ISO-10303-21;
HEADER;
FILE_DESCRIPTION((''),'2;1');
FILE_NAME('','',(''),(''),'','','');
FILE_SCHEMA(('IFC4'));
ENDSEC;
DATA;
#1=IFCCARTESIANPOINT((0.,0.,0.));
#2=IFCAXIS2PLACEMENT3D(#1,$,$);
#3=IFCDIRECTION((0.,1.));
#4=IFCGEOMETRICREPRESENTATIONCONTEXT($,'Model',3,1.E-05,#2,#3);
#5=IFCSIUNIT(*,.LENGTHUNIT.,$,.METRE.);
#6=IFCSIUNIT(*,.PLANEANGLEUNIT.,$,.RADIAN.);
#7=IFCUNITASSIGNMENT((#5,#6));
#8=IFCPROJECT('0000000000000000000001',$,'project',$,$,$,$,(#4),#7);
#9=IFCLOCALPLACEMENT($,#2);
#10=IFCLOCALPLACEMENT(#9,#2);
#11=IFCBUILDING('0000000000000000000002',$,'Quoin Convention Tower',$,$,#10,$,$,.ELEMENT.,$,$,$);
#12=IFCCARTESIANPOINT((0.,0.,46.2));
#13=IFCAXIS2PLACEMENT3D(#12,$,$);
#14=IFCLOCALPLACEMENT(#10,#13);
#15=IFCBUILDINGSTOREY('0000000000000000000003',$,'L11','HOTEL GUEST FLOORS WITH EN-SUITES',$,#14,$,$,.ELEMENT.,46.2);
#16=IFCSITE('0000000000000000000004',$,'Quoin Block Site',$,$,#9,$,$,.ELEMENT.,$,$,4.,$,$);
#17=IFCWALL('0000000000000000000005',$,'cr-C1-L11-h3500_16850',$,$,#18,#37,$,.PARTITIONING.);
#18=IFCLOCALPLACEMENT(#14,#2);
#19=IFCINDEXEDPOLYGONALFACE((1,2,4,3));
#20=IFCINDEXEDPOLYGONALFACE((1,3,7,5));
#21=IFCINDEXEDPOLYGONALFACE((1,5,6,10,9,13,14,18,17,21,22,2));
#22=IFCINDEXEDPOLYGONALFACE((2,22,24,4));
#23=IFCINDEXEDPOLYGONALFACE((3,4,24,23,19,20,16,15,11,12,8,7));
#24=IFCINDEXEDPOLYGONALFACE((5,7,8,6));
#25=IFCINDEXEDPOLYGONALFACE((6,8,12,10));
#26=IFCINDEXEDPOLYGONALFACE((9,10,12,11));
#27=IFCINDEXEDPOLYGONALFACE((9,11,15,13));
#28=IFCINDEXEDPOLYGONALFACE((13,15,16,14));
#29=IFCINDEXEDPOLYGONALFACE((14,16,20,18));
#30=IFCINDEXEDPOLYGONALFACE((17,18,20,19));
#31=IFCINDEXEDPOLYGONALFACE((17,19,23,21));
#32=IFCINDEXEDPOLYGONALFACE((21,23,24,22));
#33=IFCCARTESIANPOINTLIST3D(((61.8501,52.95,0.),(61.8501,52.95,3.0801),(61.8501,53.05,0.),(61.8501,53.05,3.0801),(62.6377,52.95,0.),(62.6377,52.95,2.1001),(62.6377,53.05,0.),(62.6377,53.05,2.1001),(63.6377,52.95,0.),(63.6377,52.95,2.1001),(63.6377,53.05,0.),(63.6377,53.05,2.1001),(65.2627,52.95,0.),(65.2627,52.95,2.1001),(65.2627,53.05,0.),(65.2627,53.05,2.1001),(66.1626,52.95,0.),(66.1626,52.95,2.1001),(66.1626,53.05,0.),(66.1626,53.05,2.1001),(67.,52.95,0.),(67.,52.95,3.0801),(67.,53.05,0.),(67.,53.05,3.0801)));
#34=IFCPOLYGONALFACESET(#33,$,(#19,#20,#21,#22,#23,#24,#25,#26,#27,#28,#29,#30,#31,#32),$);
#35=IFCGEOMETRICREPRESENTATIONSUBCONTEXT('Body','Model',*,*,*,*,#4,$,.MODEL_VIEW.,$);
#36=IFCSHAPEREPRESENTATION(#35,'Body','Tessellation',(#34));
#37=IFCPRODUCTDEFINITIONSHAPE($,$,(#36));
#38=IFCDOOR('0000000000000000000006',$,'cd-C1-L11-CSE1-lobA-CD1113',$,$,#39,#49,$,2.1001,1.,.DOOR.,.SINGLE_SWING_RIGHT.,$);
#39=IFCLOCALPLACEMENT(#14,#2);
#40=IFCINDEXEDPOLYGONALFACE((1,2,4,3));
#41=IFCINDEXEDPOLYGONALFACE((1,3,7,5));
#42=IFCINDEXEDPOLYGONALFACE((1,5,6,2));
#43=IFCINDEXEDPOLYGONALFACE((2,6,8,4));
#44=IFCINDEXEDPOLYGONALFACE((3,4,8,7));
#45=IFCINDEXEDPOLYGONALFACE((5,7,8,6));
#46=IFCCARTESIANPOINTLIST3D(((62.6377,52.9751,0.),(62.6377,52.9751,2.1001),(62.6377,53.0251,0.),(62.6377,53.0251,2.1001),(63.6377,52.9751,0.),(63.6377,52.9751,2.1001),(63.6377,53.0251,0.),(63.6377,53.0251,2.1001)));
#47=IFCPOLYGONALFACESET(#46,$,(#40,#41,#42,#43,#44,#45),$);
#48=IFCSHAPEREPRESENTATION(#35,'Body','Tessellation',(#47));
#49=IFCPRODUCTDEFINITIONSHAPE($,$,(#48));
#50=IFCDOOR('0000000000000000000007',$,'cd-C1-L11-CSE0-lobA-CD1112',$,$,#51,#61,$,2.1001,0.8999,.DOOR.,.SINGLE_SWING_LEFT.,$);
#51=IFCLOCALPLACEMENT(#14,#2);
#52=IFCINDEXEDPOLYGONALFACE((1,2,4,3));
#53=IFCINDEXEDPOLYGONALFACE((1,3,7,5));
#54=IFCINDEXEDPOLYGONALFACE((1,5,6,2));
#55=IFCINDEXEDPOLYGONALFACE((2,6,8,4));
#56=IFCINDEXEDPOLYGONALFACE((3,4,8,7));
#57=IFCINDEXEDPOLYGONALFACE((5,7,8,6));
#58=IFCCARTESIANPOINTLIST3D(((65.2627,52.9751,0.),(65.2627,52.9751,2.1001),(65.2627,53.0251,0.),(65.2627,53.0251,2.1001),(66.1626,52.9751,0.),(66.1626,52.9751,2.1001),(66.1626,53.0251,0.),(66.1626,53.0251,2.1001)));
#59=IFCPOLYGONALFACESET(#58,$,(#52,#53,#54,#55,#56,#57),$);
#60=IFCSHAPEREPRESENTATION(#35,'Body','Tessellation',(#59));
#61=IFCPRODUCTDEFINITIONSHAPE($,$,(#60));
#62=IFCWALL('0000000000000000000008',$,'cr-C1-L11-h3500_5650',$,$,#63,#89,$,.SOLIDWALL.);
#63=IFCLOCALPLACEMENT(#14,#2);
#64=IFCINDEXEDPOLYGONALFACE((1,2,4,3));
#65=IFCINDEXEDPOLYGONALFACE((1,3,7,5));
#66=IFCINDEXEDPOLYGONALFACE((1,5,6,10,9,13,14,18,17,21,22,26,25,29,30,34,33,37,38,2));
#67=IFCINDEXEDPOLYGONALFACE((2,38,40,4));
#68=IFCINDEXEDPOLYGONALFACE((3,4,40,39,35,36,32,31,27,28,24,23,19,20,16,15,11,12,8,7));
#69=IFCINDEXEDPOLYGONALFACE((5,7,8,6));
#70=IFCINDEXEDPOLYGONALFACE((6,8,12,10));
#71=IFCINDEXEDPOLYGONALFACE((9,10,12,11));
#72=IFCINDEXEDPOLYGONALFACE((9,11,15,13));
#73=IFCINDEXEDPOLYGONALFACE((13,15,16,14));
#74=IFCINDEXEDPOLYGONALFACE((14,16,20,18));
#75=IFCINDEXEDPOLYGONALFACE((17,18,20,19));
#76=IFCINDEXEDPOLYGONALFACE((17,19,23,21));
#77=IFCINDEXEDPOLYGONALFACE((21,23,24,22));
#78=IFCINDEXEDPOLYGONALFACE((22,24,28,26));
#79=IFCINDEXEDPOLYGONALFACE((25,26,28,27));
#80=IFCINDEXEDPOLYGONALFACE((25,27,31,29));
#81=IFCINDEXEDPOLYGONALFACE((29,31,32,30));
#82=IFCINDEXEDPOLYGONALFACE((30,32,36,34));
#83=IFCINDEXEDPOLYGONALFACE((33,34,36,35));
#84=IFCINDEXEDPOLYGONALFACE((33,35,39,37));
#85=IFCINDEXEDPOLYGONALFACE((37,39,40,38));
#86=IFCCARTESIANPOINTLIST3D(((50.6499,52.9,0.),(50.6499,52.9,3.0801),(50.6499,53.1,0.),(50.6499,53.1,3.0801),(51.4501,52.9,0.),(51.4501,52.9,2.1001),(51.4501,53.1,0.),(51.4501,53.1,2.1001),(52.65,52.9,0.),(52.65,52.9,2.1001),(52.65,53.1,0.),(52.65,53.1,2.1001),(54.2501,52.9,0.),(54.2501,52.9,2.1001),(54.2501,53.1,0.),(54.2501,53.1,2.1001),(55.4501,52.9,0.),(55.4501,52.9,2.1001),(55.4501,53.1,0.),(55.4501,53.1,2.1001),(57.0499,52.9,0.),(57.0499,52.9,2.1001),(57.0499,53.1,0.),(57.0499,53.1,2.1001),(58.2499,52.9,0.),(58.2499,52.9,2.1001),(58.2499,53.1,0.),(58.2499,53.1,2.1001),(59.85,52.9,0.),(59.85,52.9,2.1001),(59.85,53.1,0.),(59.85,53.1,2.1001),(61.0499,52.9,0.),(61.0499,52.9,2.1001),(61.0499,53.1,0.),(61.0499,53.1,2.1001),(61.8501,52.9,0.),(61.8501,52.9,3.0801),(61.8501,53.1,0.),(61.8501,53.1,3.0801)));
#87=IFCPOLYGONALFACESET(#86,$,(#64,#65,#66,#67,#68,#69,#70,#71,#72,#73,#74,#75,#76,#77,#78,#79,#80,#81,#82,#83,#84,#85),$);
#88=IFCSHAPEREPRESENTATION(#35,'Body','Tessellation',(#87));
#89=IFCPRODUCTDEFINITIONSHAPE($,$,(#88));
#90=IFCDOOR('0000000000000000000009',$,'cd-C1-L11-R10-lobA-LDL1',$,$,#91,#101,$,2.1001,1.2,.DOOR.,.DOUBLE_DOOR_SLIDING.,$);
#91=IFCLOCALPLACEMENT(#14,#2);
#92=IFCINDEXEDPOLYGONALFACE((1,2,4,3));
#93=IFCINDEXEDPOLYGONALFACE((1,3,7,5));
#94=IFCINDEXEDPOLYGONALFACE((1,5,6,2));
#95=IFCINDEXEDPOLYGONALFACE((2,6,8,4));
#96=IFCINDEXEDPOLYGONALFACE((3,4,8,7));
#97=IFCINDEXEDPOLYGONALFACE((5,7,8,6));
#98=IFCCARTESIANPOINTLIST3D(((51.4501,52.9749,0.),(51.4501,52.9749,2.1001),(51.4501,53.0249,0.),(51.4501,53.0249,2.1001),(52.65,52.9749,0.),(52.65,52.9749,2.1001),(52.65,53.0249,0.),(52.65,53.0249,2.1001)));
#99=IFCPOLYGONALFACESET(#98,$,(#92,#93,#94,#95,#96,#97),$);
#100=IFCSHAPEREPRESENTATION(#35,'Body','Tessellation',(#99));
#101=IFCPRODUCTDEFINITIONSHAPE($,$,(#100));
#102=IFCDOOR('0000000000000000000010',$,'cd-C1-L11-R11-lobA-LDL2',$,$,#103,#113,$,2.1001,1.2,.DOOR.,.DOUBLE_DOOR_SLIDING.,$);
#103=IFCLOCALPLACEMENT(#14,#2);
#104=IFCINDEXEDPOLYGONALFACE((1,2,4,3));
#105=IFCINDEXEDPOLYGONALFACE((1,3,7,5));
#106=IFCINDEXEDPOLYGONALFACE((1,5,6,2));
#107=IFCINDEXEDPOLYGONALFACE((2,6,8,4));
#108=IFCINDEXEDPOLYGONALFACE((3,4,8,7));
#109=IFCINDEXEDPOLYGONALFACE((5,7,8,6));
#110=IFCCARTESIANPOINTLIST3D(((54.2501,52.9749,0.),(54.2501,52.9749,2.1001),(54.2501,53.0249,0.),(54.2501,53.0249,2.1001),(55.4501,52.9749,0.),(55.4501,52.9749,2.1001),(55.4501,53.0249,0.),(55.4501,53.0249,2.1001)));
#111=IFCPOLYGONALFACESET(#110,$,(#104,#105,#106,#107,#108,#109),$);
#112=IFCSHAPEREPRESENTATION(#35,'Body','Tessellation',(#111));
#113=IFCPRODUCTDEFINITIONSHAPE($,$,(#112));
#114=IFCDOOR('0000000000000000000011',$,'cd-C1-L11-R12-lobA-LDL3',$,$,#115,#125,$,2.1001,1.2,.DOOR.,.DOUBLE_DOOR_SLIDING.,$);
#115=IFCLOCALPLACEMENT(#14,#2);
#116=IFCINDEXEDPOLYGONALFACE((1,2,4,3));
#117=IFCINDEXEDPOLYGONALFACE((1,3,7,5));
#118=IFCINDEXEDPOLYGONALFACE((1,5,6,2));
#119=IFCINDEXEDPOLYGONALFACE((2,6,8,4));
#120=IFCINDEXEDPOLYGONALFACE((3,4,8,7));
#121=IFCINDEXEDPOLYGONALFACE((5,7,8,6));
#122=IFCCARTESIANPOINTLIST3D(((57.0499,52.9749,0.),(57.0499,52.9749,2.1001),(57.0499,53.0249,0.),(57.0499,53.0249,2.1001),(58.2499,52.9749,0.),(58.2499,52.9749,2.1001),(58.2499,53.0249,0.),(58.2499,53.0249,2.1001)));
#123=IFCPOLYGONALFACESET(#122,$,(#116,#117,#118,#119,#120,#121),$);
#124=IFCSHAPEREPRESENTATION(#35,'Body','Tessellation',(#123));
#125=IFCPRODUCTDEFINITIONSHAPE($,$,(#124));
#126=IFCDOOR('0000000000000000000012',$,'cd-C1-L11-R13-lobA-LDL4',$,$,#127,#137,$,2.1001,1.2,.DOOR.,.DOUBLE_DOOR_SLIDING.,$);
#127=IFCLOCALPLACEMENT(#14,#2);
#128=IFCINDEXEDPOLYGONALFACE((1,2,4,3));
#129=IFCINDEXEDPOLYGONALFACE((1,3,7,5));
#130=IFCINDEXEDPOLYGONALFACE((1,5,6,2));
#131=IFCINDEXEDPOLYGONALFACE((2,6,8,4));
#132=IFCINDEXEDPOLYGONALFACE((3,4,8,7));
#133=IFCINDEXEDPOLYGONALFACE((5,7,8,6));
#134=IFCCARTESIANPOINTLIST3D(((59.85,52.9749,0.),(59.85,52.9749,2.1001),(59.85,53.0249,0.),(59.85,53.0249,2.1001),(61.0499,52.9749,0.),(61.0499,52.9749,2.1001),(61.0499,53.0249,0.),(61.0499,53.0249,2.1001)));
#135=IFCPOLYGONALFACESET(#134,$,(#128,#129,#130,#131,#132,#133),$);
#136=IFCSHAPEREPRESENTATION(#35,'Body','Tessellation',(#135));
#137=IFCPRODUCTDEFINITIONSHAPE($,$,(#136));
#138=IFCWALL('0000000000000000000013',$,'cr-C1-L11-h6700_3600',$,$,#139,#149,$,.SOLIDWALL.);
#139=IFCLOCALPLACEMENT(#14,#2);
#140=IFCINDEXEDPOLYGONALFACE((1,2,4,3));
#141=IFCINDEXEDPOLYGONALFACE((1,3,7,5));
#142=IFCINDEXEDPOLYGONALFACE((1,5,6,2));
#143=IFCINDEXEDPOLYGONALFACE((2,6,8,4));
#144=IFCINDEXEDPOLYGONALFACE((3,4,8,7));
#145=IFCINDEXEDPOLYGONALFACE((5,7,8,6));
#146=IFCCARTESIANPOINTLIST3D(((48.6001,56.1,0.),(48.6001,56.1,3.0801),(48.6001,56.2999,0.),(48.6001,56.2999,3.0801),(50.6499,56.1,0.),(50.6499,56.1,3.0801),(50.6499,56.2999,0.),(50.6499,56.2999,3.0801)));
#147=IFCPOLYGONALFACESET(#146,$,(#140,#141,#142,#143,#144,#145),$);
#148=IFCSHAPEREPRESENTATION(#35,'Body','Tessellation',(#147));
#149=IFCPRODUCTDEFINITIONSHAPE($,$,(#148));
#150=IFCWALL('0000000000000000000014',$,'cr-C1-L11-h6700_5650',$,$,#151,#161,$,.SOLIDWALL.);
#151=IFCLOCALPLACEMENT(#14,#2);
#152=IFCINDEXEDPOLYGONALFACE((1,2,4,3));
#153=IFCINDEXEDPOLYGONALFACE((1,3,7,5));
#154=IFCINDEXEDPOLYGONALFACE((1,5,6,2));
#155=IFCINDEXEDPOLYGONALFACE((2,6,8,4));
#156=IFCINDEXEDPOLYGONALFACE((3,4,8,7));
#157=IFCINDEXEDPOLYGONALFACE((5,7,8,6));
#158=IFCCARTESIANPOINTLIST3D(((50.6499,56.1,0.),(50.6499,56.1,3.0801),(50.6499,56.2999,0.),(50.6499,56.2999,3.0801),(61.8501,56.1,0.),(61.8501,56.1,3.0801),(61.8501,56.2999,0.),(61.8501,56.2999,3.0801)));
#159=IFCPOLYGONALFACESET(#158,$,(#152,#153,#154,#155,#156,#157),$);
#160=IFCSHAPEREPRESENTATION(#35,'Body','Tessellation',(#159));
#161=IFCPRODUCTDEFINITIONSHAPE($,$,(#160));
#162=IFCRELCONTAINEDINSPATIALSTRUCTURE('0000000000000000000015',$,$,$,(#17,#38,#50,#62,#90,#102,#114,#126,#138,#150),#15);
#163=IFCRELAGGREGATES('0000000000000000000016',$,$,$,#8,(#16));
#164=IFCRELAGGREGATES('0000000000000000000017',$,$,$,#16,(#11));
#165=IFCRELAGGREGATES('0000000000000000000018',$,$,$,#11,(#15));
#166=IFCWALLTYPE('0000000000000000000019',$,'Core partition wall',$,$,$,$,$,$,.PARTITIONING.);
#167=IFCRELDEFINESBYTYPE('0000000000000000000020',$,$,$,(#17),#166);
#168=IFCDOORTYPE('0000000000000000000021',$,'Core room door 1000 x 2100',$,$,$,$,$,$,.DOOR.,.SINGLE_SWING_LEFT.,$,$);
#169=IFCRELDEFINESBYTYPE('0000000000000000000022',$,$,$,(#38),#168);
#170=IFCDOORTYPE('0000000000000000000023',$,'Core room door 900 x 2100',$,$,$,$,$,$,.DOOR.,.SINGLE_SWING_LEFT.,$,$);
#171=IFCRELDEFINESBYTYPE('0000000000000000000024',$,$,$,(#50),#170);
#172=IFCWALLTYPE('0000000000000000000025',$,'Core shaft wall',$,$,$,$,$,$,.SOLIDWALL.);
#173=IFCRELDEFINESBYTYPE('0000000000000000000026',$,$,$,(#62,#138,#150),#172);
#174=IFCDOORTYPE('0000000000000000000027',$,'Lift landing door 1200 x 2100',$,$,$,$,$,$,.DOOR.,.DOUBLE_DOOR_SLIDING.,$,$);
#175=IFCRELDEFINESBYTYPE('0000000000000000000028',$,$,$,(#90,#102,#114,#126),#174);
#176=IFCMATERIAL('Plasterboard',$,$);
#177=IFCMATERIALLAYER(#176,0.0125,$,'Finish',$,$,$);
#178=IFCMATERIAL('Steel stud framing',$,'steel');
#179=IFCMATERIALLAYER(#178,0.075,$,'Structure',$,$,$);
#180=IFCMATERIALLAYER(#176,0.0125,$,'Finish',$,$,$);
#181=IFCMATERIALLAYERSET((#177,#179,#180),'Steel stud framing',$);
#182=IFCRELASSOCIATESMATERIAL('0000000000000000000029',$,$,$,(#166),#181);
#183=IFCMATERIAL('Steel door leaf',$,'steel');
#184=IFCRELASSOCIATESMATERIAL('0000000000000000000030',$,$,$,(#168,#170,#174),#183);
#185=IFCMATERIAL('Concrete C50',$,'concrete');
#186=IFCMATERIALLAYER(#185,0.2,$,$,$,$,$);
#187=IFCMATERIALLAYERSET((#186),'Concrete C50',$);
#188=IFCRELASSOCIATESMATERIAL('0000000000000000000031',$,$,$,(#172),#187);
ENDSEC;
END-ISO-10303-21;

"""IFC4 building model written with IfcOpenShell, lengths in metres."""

from ifc_helpers import new_model, si_unit, direction, frame, frame_2d, origin, place, context, subcontext, project, spatial, rectangle, extrude, material, layer, layer_set, type_object, element, fill, save


model = new_model("IFC4")

# Units and contexts
model_context = context("Model", 3, precision=1e-05, world=origin(), true_north=direction((0.0, 1.0)))
body_context = subcontext(model_context, "Body", "Model", "MODEL_VIEW")
ifc_project = project(units=[si_unit("LENGTHUNIT", "METRE"), si_unit("PLANEANGLEUNIT", "RADIAN")], contexts=[model_context])

# Site, building, storey
site_placement = place(None, origin())
site = spatial("IfcSite", under=ifc_project, at=site_placement, Name="Quoin Block Site", CompositionType="ELEMENT", RefElevation=4.0)
building_placement = place(site_placement, origin())
building = spatial("IfcBuilding", under=site, at=building_placement, Name="Quoin Convention Tower", CompositionType="ELEMENT")
storey_placement = place(building_placement, frame((0.0, 0.0, 46.2)))
storey = spatial("IfcBuildingStorey", under=building, at=storey_placement, Name="L11", Description="HOTEL GUEST FLOORS WITH EN-SUITES", CompositionType="ELEMENT", Elevation=46.2)

# Walls, openings, doors
ifc_material_1 = material(Name="Plasterboard")
ifc_layer_1 = layer(ifc_material_1, 0.0125, Name="Finish")
ifc_material_2 = material(Name="Steel stud framing", Category="steel")
ifc_layer_2 = layer(ifc_material_2, 0.075, Name="Structure")
ifc_layer_3 = layer(ifc_material_1, 0.0125, Name="Finish")
ifc_layer_set_1 = layer_set([ifc_layer_1, ifc_layer_2, ifc_layer_3], Name="Steel stud framing")
wall_type_1 = type_object("IfcWallType", Name="Core partition wall", PredefinedType="PARTITIONING", material=ifc_layer_set_1)
wall_1_placement = place(storey_placement, frame((61.8501, 53.0, 0.0), z_axis=(0.0, 0.0, 1.0), x_axis=(1.0, 0.0, 0.0)))
wall_1 = element("IfcWall", 1, at=wall_1_placement, inside=storey, type_object=wall_type_1, Name="cr-C1-L11-h3500_16850", PredefinedType="PARTITIONING", context=body_context, shape_type="SweptSolid", body=[
    extrude(rectangle(XDim=5.1499, YDim=0.1001, at=frame_2d((2.575, 0.0))), origin(), (0.0, 0.0, 1.0), 3.0801),
])
opening_1_placement = place(wall_1_placement, frame((3.4126, 0.0, 0.0)))
opening_1 = element("IfcOpeningElement", 2, at=opening_1_placement, cuts=wall_1, PredefinedType="OPENING", context=body_context, shape_type="SweptSolid", body=[
    extrude(rectangle(XDim=0.8999, YDim=2.1001, at=frame_2d((0.45, 1.05))), frame((0.0, 0.0601, 0.0), z_axis=(0.0, -1.0, 0.0), x_axis=(1.0, 0.0, 0.0)), (0.0, 0.0, 1.0), 0.1201),
])
opening_2_placement = place(wall_1_placement, frame((0.7876, 0.0, 0.0)))
opening_2 = element("IfcOpeningElement", 3, at=opening_2_placement, cuts=wall_1, PredefinedType="OPENING", context=body_context, shape_type="SweptSolid", body=[
    extrude(rectangle(XDim=1.0, YDim=2.1001, at=frame_2d((0.5, 1.05))), frame((0.0, 0.0601, 0.0), z_axis=(0.0, -1.0, 0.0), x_axis=(1.0, 0.0, 0.0)), (0.0, 0.0, 1.0), 0.1201),
])
ifc_material_3 = material(Name="Steel door leaf", Category="steel")
door_type_1 = type_object("IfcDoorType", Name="Core room door 1000 x 2100", OperationType="SINGLE_SWING_LEFT", PredefinedType="DOOR", material=ifc_material_3)
door_1_placement = place(opening_2_placement, frame((1.0, 0.0, 0.0), z_axis=(0.0, 0.0, 1.0), x_axis=(-1.0, 0.0, 0.0)))
door_1 = element("IfcDoor", 4, at=door_1_placement, inside=storey, type_object=door_type_1, Name="cd-C1-L11-CSE1-lobA-CD1113", OperationType="SINGLE_SWING_RIGHT", OverallHeight=2.1001, OverallWidth=1.0, PredefinedType="DOOR", context=body_context, shape_type="SweptSolid", body=[
    extrude(rectangle(XDim=1.0, YDim=2.1001, at=frame_2d((0.5, 1.05))), frame((0.0, 0.0249, 0.0), z_axis=(0.0, -1.0, 0.0), x_axis=(1.0, 0.0, 0.0)), (0.0, 0.0, 1.0), 0.05),
])
fill(opening_2, door_1)
door_type_2 = type_object("IfcDoorType", Name="Core room door 900 x 2100", OperationType="SINGLE_SWING_LEFT", PredefinedType="DOOR", material=ifc_material_3)
door_2_placement = place(opening_1_placement, frame((0.8999, 0.0, 0.0), z_axis=(0.0, 0.0, 1.0), x_axis=(-1.0, 0.0, 0.0)))
door_2 = element("IfcDoor", 5, at=door_2_placement, inside=storey, type_object=door_type_2, Name="cd-C1-L11-CSE0-lobA-CD1112", OperationType="SINGLE_SWING_LEFT", OverallHeight=2.1001, OverallWidth=0.8999, PredefinedType="DOOR", context=body_context, shape_type="SweptSolid", body=[
    extrude(rectangle(XDim=0.8999, YDim=2.1001, at=frame_2d((0.45, 1.05))), frame((0.0, 0.0249, 0.0), z_axis=(0.0, -1.0, 0.0), x_axis=(1.0, 0.0, 0.0)), (0.0, 0.0, 1.0), 0.05),
])
fill(opening_1, door_2)
ifc_material_4 = material(Name="Concrete C50", Category="concrete")
ifc_layer_4 = layer(ifc_material_4, 0.2)
ifc_layer_set_2 = layer_set([ifc_layer_4], Name="Concrete C50")
wall_type_2 = type_object("IfcWallType", Name="Core shaft wall", PredefinedType="SOLIDWALL", material=ifc_layer_set_2)
wall_2_placement = place(storey_placement, frame((50.6499, 53.0, 0.0), z_axis=(0.0, 0.0, 1.0), x_axis=(1.0, 0.0, 0.0)))
wall_2 = element("IfcWall", 6, at=wall_2_placement, inside=storey, type_object=wall_type_2, Name="cr-C1-L11-h3500_5650", PredefinedType="SOLIDWALL", context=body_context, shape_type="SweptSolid", body=[
    extrude(rectangle(XDim=11.2002, YDim=0.2, at=frame_2d((5.6001, 0.0))), origin(), (0.0, 0.0, 1.0), 3.0801),
])
opening_3_placement = place(wall_2_placement, frame((0.8, 0.0, 0.0)))
opening_3 = element("IfcOpeningElement", 7, at=opening_3_placement, cuts=wall_2, PredefinedType="OPENING", context=body_context, shape_type="SweptSolid", body=[
    extrude(rectangle(XDim=1.2, YDim=2.1001, at=frame_2d((0.6001, 1.05))), frame((0.0, 0.1099, 0.0), z_axis=(0.0, -1.0, 0.0), x_axis=(1.0, 0.0, 0.0)), (0.0, 0.0, 1.0), 0.22),
])
opening_4_placement = place(wall_2_placement, frame((3.6001, 0.0, 0.0)))
opening_4 = element("IfcOpeningElement", 8, at=opening_4_placement, cuts=wall_2, PredefinedType="OPENING", context=body_context, shape_type="SweptSolid", body=[
    extrude(rectangle(XDim=1.2, YDim=2.1001, at=frame_2d((0.6001, 1.05))), frame((0.0, 0.1099, 0.0), z_axis=(0.0, -1.0, 0.0), x_axis=(1.0, 0.0, 0.0)), (0.0, 0.0, 1.0), 0.22),
])
opening_5_placement = place(wall_2_placement, frame((6.3999, 0.0, 0.0)))
opening_5 = element("IfcOpeningElement", 9, at=opening_5_placement, cuts=wall_2, PredefinedType="OPENING", context=body_context, shape_type="SweptSolid", body=[
    extrude(rectangle(XDim=1.2, YDim=2.1001, at=frame_2d((0.6001, 1.05))), frame((0.0, 0.1099, 0.0), z_axis=(0.0, -1.0, 0.0), x_axis=(1.0, 0.0, 0.0)), (0.0, 0.0, 1.0), 0.22),
])
opening_6_placement = place(wall_2_placement, frame((9.2, 0.0, 0.0)))
opening_6 = element("IfcOpeningElement", 10, at=opening_6_placement, cuts=wall_2, PredefinedType="OPENING", context=body_context, shape_type="SweptSolid", body=[
    extrude(rectangle(XDim=1.2, YDim=2.1001, at=frame_2d((0.6001, 1.05))), frame((0.0, 0.1099, 0.0), z_axis=(0.0, -1.0, 0.0), x_axis=(1.0, 0.0, 0.0)), (0.0, 0.0, 1.0), 0.22),
])
door_type_3 = type_object("IfcDoorType", Name="Lift landing door 1200 x 2100", OperationType="DOUBLE_DOOR_SLIDING", PredefinedType="DOOR", material=ifc_material_3)
door_3_placement = place(opening_3_placement, origin())
door_3 = element("IfcDoor", 11, at=door_3_placement, inside=storey, type_object=door_type_3, Name="cd-C1-L11-R10-lobA-LDL1", OperationType="DOUBLE_DOOR_SLIDING", OverallHeight=2.1001, OverallWidth=1.2, PredefinedType="DOOR", context=body_context, shape_type="SweptSolid", body=[
    extrude(rectangle(XDim=1.2, YDim=2.1001, at=frame_2d((0.6001, 1.05))), frame((0.0, 0.0249, 0.0), z_axis=(0.0, -1.0, 0.0), x_axis=(1.0, 0.0, 0.0)), (0.0, 0.0, 1.0), 0.05),
])
fill(opening_3, door_3)
door_4_placement = place(opening_4_placement, origin())
door_4 = element("IfcDoor", 12, at=door_4_placement, inside=storey, type_object=door_type_3, Name="cd-C1-L11-R11-lobA-LDL2", OperationType="DOUBLE_DOOR_SLIDING", OverallHeight=2.1001, OverallWidth=1.2, PredefinedType="DOOR", context=body_context, shape_type="SweptSolid", body=[
    extrude(rectangle(XDim=1.2, YDim=2.1001, at=frame_2d((0.6001, 1.05))), frame((0.0, 0.0249, 0.0), z_axis=(0.0, -1.0, 0.0), x_axis=(1.0, 0.0, 0.0)), (0.0, 0.0, 1.0), 0.05),
])
fill(opening_4, door_4)
door_5_placement = place(opening_5_placement, origin())
door_5 = element("IfcDoor", 13, at=door_5_placement, inside=storey, type_object=door_type_3, Name="cd-C1-L11-R12-lobA-LDL3", OperationType="DOUBLE_DOOR_SLIDING", OverallHeight=2.1001, OverallWidth=1.2, PredefinedType="DOOR", context=body_context, shape_type="SweptSolid", body=[
    extrude(rectangle(XDim=1.2, YDim=2.1001, at=frame_2d((0.6001, 1.05))), frame((0.0, 0.0249, 0.0), z_axis=(0.0, -1.0, 0.0), x_axis=(1.0, 0.0, 0.0)), (0.0, 0.0, 1.0), 0.05),
])
fill(opening_5, door_5)
door_6_placement = place(opening_6_placement, origin())
door_6 = element("IfcDoor", 14, at=door_6_placement, inside=storey, type_object=door_type_3, Name="cd-C1-L11-R13-lobA-LDL4", OperationType="DOUBLE_DOOR_SLIDING", OverallHeight=2.1001, OverallWidth=1.2, PredefinedType="DOOR", context=body_context, shape_type="SweptSolid", body=[
    extrude(rectangle(XDim=1.2, YDim=2.1001, at=frame_2d((0.6001, 1.05))), frame((0.0, 0.0249, 0.0), z_axis=(0.0, -1.0, 0.0), x_axis=(1.0, 0.0, 0.0)), (0.0, 0.0, 1.0), 0.05),
])
fill(opening_6, door_6)

# Walls
wall_3_placement = place(storey_placement, frame((48.6001, 56.2, 0.0), z_axis=(0.0, 0.0, 1.0), x_axis=(1.0, 0.0, 0.0)))
element("IfcWall", 15, at=wall_3_placement, inside=storey, type_object=wall_type_2, Name="cr-C1-L11-h6700_3600", PredefinedType="SOLIDWALL", context=body_context, shape_type="SweptSolid", body=[
    extrude(rectangle(XDim=2.0498, YDim=0.2, at=frame_2d((1.0249, 0.0))), origin(), (0.0, 0.0, 1.0), 3.0801),
])
wall_4_placement = place(storey_placement, frame((50.6499, 56.2, 0.0), z_axis=(0.0, 0.0, 1.0), x_axis=(1.0, 0.0, 0.0)))
element("IfcWall", 16, at=wall_4_placement, inside=storey, type_object=wall_type_2, Name="cr-C1-L11-h6700_5650", PredefinedType="SOLIDWALL", context=body_context, shape_type="SweptSolid", body=[
    extrude(rectangle(XDim=11.2002, YDim=0.2, at=frame_2d((5.6001, 0.0))), origin(), (0.0, 0.0, 1.0), 3.0801),
])

save(model, "model.ifc")
